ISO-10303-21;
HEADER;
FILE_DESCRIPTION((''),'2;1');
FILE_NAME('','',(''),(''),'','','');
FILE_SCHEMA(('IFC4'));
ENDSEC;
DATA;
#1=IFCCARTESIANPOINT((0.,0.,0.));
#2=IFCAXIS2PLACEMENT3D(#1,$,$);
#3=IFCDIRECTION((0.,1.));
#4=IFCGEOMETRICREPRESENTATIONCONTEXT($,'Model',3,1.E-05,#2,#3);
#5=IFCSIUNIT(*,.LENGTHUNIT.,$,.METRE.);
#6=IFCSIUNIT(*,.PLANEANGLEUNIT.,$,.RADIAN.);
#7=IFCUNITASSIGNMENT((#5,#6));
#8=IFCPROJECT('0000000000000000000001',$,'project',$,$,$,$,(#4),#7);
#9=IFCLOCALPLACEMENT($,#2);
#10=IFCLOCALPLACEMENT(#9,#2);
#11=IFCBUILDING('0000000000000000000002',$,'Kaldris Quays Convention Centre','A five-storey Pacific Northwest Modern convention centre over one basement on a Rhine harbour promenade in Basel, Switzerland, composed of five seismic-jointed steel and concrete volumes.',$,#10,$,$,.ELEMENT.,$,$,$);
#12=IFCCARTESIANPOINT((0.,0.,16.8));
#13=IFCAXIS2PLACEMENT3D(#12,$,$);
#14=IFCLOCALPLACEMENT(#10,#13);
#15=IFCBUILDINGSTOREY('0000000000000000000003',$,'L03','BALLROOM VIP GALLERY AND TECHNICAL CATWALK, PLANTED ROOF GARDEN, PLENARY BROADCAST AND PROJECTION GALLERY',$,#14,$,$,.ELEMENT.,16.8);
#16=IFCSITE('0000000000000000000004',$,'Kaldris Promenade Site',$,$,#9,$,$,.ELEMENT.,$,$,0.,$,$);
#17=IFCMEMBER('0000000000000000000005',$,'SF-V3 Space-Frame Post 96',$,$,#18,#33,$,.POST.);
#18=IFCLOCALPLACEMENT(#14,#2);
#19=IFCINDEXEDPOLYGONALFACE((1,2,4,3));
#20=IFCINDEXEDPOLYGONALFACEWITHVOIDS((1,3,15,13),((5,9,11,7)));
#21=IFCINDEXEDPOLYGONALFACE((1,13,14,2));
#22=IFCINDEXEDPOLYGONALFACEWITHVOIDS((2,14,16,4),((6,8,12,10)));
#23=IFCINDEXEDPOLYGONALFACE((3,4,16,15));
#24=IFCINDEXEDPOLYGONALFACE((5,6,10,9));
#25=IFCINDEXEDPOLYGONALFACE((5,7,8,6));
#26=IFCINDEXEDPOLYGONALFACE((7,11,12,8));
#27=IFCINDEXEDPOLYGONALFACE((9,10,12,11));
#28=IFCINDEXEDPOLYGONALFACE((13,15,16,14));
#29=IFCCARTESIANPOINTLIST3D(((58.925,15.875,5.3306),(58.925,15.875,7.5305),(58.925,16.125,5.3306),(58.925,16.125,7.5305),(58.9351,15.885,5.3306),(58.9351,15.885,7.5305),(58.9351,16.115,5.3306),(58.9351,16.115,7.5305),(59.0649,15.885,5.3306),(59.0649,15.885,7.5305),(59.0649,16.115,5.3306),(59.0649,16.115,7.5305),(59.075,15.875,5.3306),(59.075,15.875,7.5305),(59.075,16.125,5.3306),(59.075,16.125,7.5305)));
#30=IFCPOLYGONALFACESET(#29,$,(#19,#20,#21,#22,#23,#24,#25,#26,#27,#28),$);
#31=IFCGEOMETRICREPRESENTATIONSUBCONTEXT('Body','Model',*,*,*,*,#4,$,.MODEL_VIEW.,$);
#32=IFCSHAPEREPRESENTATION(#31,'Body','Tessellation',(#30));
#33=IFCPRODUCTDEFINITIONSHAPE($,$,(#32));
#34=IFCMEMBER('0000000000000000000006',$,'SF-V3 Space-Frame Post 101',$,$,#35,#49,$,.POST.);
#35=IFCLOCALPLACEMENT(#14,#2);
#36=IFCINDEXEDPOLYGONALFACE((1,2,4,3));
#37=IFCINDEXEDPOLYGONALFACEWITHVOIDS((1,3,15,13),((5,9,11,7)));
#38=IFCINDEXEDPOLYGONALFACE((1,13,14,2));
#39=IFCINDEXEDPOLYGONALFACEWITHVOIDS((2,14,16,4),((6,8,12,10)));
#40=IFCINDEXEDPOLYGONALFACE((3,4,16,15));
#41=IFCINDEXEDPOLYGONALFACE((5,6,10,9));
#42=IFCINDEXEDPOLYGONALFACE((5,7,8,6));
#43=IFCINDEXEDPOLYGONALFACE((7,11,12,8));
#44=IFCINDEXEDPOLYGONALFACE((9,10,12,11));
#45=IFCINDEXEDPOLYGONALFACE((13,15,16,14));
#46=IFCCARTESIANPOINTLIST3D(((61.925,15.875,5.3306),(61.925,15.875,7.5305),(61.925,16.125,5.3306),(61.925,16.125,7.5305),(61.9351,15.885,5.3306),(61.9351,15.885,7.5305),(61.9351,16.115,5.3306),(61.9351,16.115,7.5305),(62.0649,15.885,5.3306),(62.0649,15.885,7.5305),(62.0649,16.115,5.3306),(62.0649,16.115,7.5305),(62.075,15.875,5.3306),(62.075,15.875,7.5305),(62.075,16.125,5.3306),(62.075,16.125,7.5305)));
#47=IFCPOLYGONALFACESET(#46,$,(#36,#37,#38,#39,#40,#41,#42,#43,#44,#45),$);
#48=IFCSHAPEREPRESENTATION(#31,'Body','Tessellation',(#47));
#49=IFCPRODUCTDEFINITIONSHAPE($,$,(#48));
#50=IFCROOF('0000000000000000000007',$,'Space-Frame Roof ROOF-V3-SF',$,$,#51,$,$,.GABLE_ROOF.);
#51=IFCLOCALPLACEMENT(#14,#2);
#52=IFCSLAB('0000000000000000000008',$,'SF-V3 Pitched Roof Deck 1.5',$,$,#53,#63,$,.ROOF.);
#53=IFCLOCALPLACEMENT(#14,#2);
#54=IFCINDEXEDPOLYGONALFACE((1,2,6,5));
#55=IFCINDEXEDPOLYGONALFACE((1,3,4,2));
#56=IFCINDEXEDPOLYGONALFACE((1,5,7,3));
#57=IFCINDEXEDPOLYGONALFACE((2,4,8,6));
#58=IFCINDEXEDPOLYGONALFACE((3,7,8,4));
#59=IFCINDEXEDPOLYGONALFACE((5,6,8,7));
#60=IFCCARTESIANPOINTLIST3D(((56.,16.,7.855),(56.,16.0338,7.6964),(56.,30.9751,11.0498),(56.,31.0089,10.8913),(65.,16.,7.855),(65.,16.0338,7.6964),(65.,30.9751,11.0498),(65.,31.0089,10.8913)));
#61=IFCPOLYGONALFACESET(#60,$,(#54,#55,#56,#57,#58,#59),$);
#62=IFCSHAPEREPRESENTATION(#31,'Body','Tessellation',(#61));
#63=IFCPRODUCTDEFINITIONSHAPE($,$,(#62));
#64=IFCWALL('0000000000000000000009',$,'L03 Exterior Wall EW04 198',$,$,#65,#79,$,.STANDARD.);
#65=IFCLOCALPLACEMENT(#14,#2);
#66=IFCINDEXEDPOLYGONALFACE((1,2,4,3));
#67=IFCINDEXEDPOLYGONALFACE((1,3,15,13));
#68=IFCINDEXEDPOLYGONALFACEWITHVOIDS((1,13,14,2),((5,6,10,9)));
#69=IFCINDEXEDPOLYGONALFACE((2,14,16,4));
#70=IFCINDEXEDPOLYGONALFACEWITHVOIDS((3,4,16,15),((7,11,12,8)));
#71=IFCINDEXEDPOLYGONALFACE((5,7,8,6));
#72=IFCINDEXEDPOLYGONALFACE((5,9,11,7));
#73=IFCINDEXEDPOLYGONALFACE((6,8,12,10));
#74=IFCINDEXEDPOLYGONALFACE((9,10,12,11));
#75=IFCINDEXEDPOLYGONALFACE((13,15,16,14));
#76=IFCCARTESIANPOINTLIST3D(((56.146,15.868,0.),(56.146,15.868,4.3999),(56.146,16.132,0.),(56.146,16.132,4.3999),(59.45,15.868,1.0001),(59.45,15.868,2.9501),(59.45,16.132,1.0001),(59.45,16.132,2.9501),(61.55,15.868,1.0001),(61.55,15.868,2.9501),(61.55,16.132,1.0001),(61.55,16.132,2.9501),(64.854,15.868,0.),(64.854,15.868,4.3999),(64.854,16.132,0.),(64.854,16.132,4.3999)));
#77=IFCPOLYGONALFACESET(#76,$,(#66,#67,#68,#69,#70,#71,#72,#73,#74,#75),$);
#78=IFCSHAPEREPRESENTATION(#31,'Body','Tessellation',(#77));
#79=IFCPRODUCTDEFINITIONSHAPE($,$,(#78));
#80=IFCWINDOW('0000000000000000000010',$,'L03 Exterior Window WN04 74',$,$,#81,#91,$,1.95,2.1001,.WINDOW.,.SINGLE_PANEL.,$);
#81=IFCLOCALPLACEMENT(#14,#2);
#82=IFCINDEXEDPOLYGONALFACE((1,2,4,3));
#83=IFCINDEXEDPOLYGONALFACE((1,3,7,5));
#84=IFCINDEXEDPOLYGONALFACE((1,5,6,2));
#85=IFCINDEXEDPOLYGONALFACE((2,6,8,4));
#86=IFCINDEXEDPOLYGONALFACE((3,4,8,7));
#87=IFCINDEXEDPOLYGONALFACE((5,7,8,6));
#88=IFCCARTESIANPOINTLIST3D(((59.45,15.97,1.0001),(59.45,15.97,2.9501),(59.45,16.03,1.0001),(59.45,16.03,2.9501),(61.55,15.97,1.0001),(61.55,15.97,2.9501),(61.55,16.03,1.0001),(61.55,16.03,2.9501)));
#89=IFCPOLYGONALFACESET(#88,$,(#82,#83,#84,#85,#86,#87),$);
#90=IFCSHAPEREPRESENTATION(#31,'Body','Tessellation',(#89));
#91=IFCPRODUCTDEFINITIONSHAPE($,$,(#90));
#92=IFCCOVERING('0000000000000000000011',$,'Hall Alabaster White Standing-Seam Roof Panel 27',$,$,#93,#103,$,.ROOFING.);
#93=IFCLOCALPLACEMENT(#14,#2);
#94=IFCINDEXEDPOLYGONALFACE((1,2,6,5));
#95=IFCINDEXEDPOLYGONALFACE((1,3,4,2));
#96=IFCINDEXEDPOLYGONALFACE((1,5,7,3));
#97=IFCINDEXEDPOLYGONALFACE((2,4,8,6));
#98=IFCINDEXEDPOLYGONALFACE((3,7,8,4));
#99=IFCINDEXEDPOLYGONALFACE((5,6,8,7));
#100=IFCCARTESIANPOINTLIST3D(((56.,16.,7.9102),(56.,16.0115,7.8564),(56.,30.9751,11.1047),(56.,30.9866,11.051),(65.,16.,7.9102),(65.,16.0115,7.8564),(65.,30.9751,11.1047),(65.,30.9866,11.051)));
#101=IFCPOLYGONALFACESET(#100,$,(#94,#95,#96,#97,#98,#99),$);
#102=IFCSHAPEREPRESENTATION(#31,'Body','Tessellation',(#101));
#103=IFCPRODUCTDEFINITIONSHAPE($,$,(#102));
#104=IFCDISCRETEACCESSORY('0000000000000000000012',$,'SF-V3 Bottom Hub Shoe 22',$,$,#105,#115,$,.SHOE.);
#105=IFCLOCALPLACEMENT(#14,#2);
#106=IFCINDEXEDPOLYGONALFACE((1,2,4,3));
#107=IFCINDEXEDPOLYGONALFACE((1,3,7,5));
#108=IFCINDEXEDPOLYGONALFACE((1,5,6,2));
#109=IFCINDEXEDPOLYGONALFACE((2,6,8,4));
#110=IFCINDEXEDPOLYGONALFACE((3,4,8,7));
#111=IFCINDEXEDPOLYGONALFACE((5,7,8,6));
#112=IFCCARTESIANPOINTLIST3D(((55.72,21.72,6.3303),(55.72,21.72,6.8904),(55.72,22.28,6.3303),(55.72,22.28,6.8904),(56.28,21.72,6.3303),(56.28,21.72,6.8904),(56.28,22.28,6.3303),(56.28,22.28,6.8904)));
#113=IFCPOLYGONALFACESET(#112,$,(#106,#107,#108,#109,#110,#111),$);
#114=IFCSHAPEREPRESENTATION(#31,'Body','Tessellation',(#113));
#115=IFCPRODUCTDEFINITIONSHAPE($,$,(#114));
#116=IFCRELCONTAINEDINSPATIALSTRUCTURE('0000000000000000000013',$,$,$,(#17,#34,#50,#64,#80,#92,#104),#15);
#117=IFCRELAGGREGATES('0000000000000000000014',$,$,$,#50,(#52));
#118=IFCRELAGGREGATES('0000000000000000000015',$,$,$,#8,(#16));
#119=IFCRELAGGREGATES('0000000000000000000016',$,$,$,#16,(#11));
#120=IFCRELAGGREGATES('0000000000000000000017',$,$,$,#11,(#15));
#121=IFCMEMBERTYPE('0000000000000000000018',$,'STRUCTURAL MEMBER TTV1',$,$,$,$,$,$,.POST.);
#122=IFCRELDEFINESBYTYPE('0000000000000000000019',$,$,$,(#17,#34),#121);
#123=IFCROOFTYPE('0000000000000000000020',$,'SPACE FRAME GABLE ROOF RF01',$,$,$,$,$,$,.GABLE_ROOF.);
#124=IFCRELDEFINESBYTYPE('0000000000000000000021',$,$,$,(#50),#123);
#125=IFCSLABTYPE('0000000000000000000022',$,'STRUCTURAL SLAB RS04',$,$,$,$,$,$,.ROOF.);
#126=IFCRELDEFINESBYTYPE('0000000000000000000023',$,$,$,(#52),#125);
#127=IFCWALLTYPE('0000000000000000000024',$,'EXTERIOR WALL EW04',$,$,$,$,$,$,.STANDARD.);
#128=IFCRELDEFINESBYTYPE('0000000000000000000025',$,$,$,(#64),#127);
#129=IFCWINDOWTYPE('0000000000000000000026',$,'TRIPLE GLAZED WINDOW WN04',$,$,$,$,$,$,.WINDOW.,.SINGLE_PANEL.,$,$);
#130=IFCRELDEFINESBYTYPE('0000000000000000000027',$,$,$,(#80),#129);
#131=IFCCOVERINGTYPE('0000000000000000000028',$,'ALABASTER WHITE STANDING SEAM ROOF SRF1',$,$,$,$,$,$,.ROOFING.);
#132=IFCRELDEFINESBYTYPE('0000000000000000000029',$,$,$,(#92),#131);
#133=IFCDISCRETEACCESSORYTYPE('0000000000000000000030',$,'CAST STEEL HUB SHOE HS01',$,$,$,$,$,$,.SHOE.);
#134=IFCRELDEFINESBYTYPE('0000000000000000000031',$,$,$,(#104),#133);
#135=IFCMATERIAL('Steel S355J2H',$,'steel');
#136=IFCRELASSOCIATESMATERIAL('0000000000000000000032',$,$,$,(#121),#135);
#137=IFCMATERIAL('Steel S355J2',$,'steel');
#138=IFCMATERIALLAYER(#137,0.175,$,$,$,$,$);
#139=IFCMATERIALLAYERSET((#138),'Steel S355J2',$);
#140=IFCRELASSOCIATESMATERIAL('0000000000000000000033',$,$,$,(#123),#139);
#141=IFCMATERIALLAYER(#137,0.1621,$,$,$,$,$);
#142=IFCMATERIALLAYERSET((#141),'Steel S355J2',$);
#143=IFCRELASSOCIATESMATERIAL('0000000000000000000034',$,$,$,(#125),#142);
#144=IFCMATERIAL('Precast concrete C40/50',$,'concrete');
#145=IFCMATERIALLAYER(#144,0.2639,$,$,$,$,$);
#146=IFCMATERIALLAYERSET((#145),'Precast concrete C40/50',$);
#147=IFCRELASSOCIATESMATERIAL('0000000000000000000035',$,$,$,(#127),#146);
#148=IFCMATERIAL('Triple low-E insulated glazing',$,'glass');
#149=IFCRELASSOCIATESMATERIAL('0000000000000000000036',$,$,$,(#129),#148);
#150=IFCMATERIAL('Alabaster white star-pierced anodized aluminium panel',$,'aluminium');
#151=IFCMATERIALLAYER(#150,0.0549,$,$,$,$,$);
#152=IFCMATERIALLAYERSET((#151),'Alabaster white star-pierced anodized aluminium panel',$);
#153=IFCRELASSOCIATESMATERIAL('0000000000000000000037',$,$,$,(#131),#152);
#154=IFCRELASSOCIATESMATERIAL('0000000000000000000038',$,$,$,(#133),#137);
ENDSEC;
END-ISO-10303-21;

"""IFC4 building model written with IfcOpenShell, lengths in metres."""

from ifc_helpers import new_model, si_unit, direction, frame, frame_2d, origin, origin_2d, place, context, subcontext, project, spatial, polyline, rectangle, hollow_rectangle, outline, extrude, material, layer, layer_set, material_profile, profile_set, type_object, element, fill, aggregate, save


model = new_model("IFC4")

# Units and contexts
model_context = context("Model", 3, precision=1e-05, world=origin(), true_north=direction((0.0, 1.0)))
body_context = subcontext(model_context, "Body", "Model", "MODEL_VIEW")
ifc_project = project(units=[si_unit("LENGTHUNIT", "METRE"), si_unit("PLANEANGLEUNIT", "RADIAN")], contexts=[model_context])

# Site, building, storey
site_placement = place(None, origin())
site = spatial("IfcSite", under=ifc_project, at=site_placement, Name="Kaldris Promenade Site", CompositionType="ELEMENT", RefElevation=0.0)
building_placement = place(site_placement, origin())
building = spatial("IfcBuilding", under=site, at=building_placement, Name="Kaldris Quays Convention Centre", Description="A five-storey Pacific Northwest Modern convention centre over one basement on a Rhine harbour promenade in Basel, Switzerland, composed of five seismic-jointed steel and concrete volumes.", CompositionType="ELEMENT")
storey_placement = place(building_placement, frame((0.0, 0.0, 16.8)))
storey = spatial("IfcBuildingStorey", under=building, at=storey_placement, Name="L03", Description="BALLROOM VIP GALLERY AND TECHNICAL CATWALK, PLANTED ROOF GARDEN, PLENARY BROADCAST AND PROJECTION GALLERY", CompositionType="ELEMENT", Elevation=16.8)

# Members
ifc_material_1 = material(Name="Steel S355J2H", Category="steel")
ifc_material_profile_1 = material_profile(ifc_material_1, hollow_rectangle(XDim=0.1499, YDim=0.25, WallThickness=0.01, at=origin_2d()), Name="RHS 250x150x10")
ifc_profile_set_1 = profile_set([ifc_material_profile_1], Name="Steel S355J2H")
member_type_1 = type_object("IfcMemberType", Name="STRUCTURAL MEMBER TTV1", PredefinedType="POST", material=ifc_profile_set_1)
for number, where, z_axis, x_axis, name in (
    (1, (59.0, 16.0, 5.3306), (0.0, 0.0, 1.0), (1.0, 0.0, 0.0), "SF-V3 Space-Frame Post 96"),
    (2, (62.0, 16.0, 5.3306), (0.0, 0.0, 1.0), (1.0, 0.0, 0.0), "SF-V3 Space-Frame Post 101"),
):
    element("IfcMember", number, at=place(storey_placement, frame(where, z_axis=z_axis, x_axis=x_axis)), inside=storey, type_object=member_type_1, Name=name, PredefinedType="POST", context=body_context, shape_type="SweptSolid", body=[
        extrude(hollow_rectangle(XDim=0.1499, YDim=0.25, WallThickness=0.01, at=origin_2d()), origin(), (0.0, 0.0, 1.0), 2.2),
    ])

# Roof, slab
ifc_material_2 = material(Name="Steel S355J2", Category="steel")
ifc_layer_1 = layer(ifc_material_2, 0.175)
ifc_layer_set_1 = layer_set([ifc_layer_1], Name="Steel S355J2")
roof_type = type_object("IfcRoofType", Name="SPACE FRAME GABLE ROOF RF01", PredefinedType="GABLE_ROOF", material=ifc_layer_set_1)
roof_placement = place(storey_placement, origin())
roof = element("IfcRoof", 3, at=roof_placement, inside=storey, type_object=roof_type, Name="Space-Frame Roof ROOF-V3-SF", PredefinedType="GABLE_ROOF")
ifc_layer_2 = layer(ifc_material_2, 0.1621)
ifc_layer_set_2 = layer_set([ifc_layer_2], Name="Steel S355J2")
slab_type = type_object("IfcSlabType", Name="STRUCTURAL SLAB RS04", PredefinedType="ROOF", material=ifc_layer_set_2)
slab_placement = place(storey_placement, frame((56.0, 16.0, 7.855), z_axis=(0.0, -0.208647, 0.977991), x_axis=(1.0, 0.0, 0.0)))
slab = element("IfcSlab", 4, at=slab_placement, type_object=slab_type, Name="SF-V3 Pitched Roof Deck 1.5", PredefinedType="ROOF", context=body_context, shape_type="SweptSolid", body=[
    extrude(outline(polyline([(0.0, 0.0), (9.0, 0.0), (9.0, 15.3121), (0.0, 15.3121), (0.0, 0.0)])), origin(), (0.0, 0.0, -1.0), 0.1621),
])
aggregate(roof, [slab])

# Wall, opening, window
ifc_material_3 = material(Name="Precast concrete C40/50", Category="concrete")
ifc_layer_3 = layer(ifc_material_3, 0.2639)
ifc_layer_set_3 = layer_set([ifc_layer_3], Name="Precast concrete C40/50")
wall_type = type_object("IfcWallType", Name="EXTERIOR WALL EW04", PredefinedType="STANDARD", material=ifc_layer_set_3)
wall_placement = place(storey_placement, frame((56.146, 16.0, 0.0), z_axis=(0.0, 0.0, 1.0), x_axis=(1.0, 0.0, 0.0)))
wall = element("IfcWall", 5, at=wall_placement, inside=storey, type_object=wall_type, Name="L03 Exterior Wall EW04 198", PredefinedType="STANDARD", context=body_context, shape_type="SweptSolid", body=[
    extrude(rectangle(XDim=8.708, YDim=0.2639, at=frame_2d((4.354, 0.0))), origin(), (0.0, 0.0, 1.0), 4.3999),
])
opening_placement = place(wall_placement, frame((3.304, 0.0, 1.0)))
opening = element("IfcOpeningElement", 6, at=opening_placement, cuts=wall, PredefinedType="OPENING", context=body_context, shape_type="SweptSolid", body=[
    extrude(rectangle(XDim=2.1001, YDim=1.95, at=frame_2d((1.05, 0.9751))), frame((0.0, 0.1421, 0.0), z_axis=(0.0, -1.0, 0.0), x_axis=(1.0, 0.0, 0.0)), (0.0, 0.0, 1.0), 0.2839),
])
ifc_material_4 = material(Name="Triple low-E insulated glazing", Category="glass")
window_type = type_object("IfcWindowType", Name="TRIPLE GLAZED WINDOW WN04", PartitioningType="SINGLE_PANEL", PredefinedType="WINDOW", material=ifc_material_4)
window_placement = place(opening_placement, origin())
window = element("IfcWindow", 7, at=window_placement, inside=storey, type_object=window_type, Name="L03 Exterior Window WN04 74", OverallHeight=1.95, OverallWidth=2.1001, PartitioningType="SINGLE_PANEL", PredefinedType="WINDOW", context=body_context, shape_type="SweptSolid", body=[
    extrude(rectangle(XDim=2.1001, YDim=1.95, at=frame_2d((1.05, 0.9751))), frame((0.0, 0.03, 0.0), z_axis=(0.0, -1.0, 0.0), x_axis=(1.0, 0.0, 0.0)), (0.0, 0.0, 1.0), 0.0601),
])
fill(opening, window)

# Covering
ifc_material_5 = material(Name="Alabaster white star-pierced anodized aluminium panel", Category="aluminium")
ifc_layer_4 = layer(ifc_material_5, 0.0549)
ifc_layer_set_4 = layer_set([ifc_layer_4], Name="Alabaster white star-pierced anodized aluminium panel")
covering_type = type_object("IfcCoveringType", Name="ALABASTER WHITE STANDING SEAM ROOF SRF1", PredefinedType="ROOFING", material=ifc_layer_set_4)
covering_placement = place(storey_placement, frame((56.0, 16.0, 7.9102), z_axis=(0.0, -0.208632, 0.977994), x_axis=(1.0, 0.0, 0.0)))
element("IfcCovering", 8, at=covering_placement, inside=storey, type_object=covering_type, Name="Hall Alabaster White Standing-Seam Roof Panel 27", PredefinedType="ROOFING", context=body_context, shape_type="SweptSolid", body=[
    extrude(outline(polyline([(0.0, 0.0), (9.0, 0.0), (9.0, 15.3121), (0.0, 15.3121), (0.0, 0.0)])), origin(), (0.0, 0.0, -1.0), 0.0549),
])

# Discrete accessory
discrete_accessory_type = type_object("IfcDiscreteAccessoryType", Name="CAST STEEL HUB SHOE HS01", PredefinedType="SHOE", material=ifc_material_2)
discrete_accessory_placement = place(storey_placement, frame((56.0, 22.0, 6.3303), z_axis=(0.0, 0.0, 1.0), x_axis=(1.0, 0.0, 0.0)))
element("IfcDiscreteAccessory", 9, at=discrete_accessory_placement, inside=storey, type_object=discrete_accessory_type, Name="SF-V3 Bottom Hub Shoe 22", PredefinedType="SHOE", context=body_context, shape_type="SweptSolid", body=[
    extrude(rectangle(XDim=0.5601, YDim=0.5601, at=origin_2d()), origin(), (0.0, 0.0, 1.0), 0.5601),
])

save(model, "model.ifc")
